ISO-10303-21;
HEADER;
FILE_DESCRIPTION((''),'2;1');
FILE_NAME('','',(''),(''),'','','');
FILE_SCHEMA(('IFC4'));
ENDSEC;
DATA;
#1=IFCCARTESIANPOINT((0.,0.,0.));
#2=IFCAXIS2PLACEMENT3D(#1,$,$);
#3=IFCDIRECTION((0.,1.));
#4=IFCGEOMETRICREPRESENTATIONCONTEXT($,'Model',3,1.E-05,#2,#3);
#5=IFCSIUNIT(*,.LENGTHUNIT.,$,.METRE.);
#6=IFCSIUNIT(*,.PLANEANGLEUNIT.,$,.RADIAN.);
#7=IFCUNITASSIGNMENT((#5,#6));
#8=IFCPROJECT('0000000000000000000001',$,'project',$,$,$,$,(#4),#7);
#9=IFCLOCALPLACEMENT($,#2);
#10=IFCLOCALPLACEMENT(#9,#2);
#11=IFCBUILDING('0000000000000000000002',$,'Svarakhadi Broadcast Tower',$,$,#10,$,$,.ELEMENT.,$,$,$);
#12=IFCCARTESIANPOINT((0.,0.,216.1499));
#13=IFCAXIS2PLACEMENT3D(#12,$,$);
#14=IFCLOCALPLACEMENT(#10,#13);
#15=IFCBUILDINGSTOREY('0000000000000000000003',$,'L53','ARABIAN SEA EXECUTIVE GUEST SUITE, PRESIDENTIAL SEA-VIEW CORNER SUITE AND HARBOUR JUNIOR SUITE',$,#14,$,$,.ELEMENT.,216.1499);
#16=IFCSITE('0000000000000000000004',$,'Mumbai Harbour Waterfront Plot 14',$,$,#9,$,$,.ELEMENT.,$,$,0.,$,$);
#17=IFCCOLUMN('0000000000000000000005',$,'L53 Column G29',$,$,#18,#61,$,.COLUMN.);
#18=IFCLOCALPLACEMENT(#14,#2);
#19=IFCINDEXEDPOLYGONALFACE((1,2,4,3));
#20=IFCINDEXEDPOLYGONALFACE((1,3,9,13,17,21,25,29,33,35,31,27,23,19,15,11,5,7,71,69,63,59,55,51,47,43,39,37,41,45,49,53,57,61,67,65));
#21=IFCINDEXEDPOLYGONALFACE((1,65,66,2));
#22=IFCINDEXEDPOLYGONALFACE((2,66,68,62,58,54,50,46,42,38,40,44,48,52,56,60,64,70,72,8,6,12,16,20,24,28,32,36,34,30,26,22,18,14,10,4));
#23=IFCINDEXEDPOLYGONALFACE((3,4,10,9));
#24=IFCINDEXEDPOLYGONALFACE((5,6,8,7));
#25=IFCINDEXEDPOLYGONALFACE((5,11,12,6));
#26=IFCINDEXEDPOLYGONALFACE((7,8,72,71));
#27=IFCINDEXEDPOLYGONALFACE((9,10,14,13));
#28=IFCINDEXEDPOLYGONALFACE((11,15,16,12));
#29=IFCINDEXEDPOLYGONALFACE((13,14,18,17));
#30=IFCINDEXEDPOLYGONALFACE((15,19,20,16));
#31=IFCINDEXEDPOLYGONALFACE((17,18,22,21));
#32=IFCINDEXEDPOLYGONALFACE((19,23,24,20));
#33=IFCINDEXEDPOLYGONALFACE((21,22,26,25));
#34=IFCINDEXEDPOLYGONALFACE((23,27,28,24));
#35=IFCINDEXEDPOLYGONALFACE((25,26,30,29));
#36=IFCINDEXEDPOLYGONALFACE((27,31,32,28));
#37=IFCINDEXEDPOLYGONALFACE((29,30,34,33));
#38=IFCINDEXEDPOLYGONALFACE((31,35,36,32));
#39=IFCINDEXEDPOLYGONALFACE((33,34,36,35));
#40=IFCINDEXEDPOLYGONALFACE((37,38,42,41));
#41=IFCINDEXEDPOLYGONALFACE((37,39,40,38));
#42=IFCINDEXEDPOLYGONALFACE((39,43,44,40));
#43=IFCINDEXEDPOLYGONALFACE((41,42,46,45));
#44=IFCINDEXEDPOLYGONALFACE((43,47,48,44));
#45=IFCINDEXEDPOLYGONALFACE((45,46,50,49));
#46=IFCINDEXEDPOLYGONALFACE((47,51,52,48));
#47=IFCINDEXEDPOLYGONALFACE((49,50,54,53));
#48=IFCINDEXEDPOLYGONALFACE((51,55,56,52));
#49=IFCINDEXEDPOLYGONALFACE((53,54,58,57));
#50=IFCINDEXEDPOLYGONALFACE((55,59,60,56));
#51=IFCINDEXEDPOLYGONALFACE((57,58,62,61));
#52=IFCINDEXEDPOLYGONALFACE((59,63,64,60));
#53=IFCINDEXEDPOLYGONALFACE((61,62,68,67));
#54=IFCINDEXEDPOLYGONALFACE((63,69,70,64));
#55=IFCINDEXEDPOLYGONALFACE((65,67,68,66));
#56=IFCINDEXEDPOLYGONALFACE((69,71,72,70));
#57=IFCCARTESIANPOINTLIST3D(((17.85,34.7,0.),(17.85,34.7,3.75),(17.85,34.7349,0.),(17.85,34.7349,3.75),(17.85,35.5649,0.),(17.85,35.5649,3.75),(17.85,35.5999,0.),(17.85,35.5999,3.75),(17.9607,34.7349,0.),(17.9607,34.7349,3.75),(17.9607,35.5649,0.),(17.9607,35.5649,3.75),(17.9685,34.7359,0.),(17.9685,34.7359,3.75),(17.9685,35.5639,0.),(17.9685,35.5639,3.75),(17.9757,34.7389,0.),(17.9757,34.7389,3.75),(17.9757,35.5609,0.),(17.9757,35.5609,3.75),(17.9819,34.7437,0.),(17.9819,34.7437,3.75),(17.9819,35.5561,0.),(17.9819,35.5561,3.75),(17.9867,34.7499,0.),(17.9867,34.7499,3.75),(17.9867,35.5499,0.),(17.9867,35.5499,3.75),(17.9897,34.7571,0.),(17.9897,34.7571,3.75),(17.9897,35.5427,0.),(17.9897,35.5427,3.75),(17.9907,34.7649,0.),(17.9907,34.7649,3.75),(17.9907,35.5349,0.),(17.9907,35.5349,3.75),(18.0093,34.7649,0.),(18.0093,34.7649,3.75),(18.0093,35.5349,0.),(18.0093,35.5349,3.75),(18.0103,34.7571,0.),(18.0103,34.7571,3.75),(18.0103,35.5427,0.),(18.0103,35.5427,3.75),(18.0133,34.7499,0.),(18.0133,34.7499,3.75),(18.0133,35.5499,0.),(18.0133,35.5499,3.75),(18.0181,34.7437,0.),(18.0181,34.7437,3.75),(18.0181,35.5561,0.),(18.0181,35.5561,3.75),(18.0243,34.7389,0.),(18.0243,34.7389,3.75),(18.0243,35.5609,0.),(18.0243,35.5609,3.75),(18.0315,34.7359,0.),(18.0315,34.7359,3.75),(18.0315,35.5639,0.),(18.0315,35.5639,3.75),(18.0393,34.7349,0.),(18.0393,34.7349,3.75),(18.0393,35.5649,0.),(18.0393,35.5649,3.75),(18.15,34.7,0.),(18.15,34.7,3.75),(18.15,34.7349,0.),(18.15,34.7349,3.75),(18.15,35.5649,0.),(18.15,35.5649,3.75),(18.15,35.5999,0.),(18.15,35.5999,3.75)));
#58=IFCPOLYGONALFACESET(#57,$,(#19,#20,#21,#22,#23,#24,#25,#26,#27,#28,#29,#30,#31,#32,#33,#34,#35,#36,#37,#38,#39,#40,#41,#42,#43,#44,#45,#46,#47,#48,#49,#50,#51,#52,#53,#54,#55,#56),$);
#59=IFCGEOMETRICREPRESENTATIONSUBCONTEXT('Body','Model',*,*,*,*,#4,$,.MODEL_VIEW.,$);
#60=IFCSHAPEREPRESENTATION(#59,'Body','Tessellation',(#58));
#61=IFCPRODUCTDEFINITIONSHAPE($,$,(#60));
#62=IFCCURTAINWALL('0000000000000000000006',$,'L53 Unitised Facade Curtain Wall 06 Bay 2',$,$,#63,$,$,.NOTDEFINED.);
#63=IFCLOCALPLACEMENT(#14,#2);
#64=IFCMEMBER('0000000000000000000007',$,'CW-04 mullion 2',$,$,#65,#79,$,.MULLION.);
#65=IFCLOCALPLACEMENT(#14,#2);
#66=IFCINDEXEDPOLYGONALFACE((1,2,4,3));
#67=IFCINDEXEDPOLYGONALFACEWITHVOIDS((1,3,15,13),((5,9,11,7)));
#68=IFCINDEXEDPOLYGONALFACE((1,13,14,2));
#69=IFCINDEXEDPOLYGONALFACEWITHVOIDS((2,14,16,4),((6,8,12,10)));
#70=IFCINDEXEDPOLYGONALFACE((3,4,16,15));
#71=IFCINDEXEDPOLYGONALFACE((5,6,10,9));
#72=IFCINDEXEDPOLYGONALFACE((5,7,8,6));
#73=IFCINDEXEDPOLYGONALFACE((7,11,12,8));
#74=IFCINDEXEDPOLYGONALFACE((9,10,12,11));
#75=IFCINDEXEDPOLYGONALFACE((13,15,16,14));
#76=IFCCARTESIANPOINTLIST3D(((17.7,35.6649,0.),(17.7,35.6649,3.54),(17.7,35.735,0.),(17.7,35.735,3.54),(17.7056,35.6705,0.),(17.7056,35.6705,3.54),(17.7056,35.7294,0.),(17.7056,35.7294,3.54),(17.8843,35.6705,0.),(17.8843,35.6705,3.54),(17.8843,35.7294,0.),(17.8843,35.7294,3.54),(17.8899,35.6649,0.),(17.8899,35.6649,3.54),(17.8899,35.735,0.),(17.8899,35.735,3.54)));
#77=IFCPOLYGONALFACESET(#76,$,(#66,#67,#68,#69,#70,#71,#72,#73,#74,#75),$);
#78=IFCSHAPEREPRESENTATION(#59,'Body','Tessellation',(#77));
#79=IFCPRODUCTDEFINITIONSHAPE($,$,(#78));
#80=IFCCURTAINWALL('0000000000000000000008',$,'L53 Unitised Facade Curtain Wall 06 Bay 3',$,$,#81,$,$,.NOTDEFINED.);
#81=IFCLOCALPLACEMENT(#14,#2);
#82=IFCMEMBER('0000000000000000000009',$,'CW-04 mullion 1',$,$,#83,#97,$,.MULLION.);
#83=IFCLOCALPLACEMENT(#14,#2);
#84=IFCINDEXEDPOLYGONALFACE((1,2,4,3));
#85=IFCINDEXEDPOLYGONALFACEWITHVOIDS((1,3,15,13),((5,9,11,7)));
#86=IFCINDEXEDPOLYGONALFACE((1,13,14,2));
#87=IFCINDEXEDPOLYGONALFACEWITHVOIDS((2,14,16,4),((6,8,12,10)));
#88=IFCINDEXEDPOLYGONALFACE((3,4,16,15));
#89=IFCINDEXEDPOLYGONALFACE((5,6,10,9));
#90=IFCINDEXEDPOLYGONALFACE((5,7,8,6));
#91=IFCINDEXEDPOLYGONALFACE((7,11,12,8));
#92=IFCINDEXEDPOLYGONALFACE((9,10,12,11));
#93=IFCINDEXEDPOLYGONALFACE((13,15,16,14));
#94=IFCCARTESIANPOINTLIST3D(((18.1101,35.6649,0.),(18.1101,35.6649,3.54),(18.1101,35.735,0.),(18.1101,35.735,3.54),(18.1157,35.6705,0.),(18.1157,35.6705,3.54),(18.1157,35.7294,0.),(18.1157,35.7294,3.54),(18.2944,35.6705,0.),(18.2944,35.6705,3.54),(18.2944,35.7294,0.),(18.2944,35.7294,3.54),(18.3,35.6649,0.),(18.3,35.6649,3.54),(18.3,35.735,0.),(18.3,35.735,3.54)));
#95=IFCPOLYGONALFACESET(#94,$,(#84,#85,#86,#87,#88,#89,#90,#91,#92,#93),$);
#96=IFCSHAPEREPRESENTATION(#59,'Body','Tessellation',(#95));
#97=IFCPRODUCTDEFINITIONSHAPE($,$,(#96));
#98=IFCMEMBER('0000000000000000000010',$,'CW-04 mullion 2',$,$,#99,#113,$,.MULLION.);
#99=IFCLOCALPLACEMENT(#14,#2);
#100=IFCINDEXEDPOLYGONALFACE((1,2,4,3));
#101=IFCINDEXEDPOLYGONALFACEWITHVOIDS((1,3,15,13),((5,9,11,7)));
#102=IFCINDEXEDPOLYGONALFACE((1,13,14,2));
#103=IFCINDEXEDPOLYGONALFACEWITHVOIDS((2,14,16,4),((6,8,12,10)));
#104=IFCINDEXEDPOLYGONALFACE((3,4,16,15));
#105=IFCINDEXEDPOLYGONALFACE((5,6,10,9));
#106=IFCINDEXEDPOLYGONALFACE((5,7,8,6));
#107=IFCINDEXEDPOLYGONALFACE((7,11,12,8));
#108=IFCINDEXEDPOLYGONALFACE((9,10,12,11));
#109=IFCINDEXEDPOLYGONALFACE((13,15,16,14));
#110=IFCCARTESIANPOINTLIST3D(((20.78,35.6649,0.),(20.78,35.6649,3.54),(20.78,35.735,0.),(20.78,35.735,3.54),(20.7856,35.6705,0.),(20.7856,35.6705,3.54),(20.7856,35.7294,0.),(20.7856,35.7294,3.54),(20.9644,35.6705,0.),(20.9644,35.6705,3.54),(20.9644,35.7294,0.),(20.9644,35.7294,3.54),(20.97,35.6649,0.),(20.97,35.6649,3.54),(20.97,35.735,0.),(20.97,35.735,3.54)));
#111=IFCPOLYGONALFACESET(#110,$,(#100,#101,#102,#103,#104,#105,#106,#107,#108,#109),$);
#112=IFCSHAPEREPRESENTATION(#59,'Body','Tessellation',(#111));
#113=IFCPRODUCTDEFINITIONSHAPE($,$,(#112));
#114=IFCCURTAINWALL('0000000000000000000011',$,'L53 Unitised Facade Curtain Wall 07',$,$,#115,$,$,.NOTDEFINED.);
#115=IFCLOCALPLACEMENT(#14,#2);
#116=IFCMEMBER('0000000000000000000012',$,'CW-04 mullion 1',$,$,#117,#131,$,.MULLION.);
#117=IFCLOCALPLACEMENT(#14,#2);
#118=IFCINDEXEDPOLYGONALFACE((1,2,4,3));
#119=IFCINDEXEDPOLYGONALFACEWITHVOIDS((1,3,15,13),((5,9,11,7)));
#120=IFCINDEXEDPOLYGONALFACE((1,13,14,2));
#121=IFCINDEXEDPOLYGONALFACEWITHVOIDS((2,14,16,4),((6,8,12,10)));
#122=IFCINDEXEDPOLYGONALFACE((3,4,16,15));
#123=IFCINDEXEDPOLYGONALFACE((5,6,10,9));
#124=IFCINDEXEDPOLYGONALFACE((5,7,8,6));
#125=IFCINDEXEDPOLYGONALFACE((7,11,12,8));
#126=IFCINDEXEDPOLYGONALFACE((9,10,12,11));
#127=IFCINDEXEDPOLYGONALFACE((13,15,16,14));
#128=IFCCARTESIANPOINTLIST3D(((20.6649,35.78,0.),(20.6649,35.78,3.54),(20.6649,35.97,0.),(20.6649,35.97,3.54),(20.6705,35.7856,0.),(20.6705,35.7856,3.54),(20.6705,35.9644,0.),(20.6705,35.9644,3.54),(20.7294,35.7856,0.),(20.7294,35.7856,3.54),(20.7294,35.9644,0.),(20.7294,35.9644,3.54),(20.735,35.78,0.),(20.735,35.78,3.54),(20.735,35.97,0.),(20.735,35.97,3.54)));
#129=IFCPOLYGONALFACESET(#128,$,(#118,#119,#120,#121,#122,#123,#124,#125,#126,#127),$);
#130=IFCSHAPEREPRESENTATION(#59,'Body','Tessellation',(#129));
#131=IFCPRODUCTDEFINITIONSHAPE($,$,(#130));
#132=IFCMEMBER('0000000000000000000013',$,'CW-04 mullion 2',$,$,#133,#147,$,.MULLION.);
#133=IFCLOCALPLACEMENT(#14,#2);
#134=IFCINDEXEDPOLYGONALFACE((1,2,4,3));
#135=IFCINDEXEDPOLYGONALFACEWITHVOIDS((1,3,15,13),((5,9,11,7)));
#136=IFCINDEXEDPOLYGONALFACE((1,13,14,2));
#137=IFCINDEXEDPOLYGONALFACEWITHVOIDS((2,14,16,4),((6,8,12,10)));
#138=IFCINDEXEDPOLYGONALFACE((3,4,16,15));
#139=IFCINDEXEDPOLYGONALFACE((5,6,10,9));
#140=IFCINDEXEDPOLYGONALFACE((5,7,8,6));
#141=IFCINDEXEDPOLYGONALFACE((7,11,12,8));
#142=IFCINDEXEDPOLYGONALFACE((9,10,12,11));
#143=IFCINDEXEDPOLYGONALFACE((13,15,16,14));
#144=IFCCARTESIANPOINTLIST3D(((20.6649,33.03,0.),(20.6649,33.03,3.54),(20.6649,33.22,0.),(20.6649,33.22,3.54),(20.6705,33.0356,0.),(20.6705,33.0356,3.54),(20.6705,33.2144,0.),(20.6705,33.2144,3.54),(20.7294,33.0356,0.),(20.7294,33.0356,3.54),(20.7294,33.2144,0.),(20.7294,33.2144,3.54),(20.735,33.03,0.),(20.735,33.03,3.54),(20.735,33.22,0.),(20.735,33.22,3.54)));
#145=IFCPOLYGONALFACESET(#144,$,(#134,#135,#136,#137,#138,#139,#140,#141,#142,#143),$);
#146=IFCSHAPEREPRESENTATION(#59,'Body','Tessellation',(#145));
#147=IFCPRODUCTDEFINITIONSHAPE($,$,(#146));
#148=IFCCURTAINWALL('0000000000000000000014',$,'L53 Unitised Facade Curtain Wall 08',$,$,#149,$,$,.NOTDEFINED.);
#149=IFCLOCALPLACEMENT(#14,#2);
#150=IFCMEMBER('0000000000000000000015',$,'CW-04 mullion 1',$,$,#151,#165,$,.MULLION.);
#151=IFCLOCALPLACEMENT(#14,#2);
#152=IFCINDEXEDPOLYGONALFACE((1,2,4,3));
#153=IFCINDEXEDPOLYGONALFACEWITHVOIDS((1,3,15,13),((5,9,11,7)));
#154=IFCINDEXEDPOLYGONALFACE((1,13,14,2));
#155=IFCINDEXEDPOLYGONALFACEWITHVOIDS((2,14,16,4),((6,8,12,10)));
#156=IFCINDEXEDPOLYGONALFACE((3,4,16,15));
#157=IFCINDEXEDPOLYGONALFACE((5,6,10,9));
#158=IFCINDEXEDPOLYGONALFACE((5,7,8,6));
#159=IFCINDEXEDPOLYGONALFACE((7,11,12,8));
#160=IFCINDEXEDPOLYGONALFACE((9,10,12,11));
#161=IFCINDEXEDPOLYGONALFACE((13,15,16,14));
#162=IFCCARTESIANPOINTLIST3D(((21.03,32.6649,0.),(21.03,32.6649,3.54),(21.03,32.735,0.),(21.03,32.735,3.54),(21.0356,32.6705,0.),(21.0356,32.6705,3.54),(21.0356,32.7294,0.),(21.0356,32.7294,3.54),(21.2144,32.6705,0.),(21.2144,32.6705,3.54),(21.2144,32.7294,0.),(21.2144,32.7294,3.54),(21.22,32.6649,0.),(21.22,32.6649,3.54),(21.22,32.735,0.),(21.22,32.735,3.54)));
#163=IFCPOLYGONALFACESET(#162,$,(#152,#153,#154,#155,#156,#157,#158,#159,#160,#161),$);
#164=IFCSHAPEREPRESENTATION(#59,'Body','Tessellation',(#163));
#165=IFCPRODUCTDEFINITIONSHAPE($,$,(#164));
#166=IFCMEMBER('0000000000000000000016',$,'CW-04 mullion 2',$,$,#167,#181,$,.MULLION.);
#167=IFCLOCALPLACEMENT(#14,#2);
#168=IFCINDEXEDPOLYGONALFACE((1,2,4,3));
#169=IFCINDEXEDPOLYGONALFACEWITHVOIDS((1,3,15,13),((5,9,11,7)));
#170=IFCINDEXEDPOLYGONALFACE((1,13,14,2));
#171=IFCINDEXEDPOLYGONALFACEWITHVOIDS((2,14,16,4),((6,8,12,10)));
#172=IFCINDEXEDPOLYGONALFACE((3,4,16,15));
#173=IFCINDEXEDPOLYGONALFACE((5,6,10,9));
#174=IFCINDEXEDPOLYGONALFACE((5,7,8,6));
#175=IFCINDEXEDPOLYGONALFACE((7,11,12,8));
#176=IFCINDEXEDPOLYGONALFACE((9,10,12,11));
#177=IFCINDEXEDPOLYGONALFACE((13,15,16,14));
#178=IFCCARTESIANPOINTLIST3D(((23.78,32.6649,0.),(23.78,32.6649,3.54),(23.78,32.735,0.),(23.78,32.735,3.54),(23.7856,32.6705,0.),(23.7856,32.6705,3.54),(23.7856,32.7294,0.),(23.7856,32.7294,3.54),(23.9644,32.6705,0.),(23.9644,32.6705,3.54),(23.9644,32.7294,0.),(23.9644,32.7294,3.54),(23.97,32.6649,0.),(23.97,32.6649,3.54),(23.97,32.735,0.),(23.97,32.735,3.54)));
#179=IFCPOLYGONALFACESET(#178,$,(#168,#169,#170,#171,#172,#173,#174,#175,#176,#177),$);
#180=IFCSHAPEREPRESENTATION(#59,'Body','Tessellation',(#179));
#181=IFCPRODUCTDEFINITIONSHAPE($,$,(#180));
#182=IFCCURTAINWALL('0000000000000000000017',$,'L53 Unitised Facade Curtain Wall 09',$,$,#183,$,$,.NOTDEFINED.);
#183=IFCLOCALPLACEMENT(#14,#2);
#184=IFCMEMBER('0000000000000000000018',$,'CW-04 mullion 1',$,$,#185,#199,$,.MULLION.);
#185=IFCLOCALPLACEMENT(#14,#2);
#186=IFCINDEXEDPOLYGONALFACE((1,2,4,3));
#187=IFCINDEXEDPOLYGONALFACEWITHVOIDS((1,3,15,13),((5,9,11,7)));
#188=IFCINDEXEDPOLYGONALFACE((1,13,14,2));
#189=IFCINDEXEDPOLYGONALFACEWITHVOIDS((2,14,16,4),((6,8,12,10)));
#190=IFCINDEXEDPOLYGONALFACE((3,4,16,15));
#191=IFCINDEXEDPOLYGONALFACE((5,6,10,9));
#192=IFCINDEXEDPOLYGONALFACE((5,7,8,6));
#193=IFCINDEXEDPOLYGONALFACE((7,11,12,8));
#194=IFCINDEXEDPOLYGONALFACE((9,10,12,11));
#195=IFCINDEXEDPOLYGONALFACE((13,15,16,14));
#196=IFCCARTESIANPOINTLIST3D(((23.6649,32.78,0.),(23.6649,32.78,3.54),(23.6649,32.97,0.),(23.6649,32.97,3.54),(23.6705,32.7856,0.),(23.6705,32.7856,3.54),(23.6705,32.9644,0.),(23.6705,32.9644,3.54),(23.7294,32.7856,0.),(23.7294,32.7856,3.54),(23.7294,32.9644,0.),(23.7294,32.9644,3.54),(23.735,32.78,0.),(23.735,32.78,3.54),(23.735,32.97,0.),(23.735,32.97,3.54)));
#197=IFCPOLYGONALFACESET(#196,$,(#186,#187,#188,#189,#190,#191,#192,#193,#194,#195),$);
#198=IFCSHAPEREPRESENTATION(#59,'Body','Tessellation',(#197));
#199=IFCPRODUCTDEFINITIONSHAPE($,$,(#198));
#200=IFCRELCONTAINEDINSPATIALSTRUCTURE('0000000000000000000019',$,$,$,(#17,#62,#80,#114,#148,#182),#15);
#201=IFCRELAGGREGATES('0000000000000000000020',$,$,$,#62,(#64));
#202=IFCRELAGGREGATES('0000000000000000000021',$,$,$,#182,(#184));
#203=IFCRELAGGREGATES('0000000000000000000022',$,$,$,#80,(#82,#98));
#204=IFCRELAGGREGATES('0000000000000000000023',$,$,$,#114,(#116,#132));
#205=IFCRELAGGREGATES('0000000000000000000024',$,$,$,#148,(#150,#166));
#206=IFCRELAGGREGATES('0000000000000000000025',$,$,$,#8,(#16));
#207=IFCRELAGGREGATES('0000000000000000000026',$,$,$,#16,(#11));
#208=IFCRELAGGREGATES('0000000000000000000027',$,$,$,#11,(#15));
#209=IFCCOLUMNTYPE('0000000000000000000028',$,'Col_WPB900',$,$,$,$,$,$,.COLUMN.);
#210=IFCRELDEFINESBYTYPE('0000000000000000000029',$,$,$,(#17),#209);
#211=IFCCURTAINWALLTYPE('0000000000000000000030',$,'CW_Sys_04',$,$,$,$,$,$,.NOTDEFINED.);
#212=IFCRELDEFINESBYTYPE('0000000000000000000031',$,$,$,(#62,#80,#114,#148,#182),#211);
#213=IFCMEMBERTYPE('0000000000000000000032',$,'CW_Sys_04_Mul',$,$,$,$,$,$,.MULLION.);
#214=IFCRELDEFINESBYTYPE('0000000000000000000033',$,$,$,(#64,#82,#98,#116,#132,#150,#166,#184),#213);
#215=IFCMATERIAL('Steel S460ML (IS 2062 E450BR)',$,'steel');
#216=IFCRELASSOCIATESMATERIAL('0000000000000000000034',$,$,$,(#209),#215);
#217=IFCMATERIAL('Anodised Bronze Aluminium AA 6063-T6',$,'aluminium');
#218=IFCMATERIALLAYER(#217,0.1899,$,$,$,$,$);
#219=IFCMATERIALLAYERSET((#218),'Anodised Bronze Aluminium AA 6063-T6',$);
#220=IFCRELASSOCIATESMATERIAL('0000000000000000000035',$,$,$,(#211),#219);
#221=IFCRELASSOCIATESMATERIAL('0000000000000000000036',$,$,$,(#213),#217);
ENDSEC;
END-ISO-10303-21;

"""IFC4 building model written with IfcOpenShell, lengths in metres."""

from ifc_helpers import new_model, si_unit, direction, frame, origin, origin_2d, place, context, subcontext, project, spatial, hollow_rectangle, i_section, extrude, material, layer, layer_set, material_profile, profile_set, type_object, element, aggregate, save


model = new_model("IFC4")

# Units and contexts
model_context = context("Model", 3, precision=1e-05, world=origin(), true_north=direction((0.0, 1.0)))
body_context = subcontext(model_context, "Body", "Model", "MODEL_VIEW")
ifc_project = project(units=[si_unit("LENGTHUNIT", "METRE"), si_unit("PLANEANGLEUNIT", "RADIAN")], contexts=[model_context])

# Site, building, storey
site_placement = place(None, origin())
site = spatial("IfcSite", under=ifc_project, at=site_placement, Name="Mumbai Harbour Waterfront Plot 14", CompositionType="ELEMENT", RefElevation=0.0)
building_placement = place(site_placement, origin())
building = spatial("IfcBuilding", under=site, at=building_placement, Name="Svarakhadi Broadcast Tower", CompositionType="ELEMENT")
storey_placement = place(building_placement, frame((0.0, 0.0, 216.1499)))
storey = spatial("IfcBuildingStorey", under=building, at=storey_placement, Name="L53", Description="ARABIAN SEA EXECUTIVE GUEST SUITE, PRESIDENTIAL SEA-VIEW CORNER SUITE AND HARBOUR JUNIOR SUITE", CompositionType="ELEMENT", Elevation=216.1499)

# Column
ifc_material_1 = material(Name="Steel S460ML (IS 2062 E450BR)", Category="steel")
ifc_material_profile_1 = material_profile(ifc_material_1, i_section(OverallWidth=0.3, OverallDepth=0.8999, WebThickness=0.0186, FlangeThickness=0.0349, FilletRadius=0.03, at=origin_2d()), Name="WPB 900x300x291")
ifc_profile_set_1 = profile_set([ifc_material_profile_1], Name="Steel S460ML (IS 2062 E450BR)")
column_type = type_object("IfcColumnType", Name="Col_WPB900", PredefinedType="COLUMN", material=ifc_profile_set_1)
column_placement = place(storey_placement, frame((18.0, 35.1499, 0.0), z_axis=(0.0, 0.0, 1.0), x_axis=(1.0, 0.0, 0.0)))
element("IfcColumn", 1, at=column_placement, inside=storey, type_object=column_type, Name="L53 Column G29", PredefinedType="COLUMN", context=body_context, shape_type="SweptSolid", body=[
    extrude(i_section(OverallWidth=0.3, OverallDepth=0.8999, WebThickness=0.0186, FlangeThickness=0.0349, FilletRadius=0.03, at=origin_2d()), origin(), (0.0, 0.0, 1.0), 3.75),
])

# Curtain wall, member
ifc_material_2 = material(Name="Anodised Bronze Aluminium AA 6063-T6", Category="aluminium")
ifc_layer_1 = layer(ifc_material_2, 0.1899)
ifc_layer_set_1 = layer_set([ifc_layer_1], Name="Anodised Bronze Aluminium AA 6063-T6")
curtain_wall_type = type_object("IfcCurtainWallType", Name="CW_Sys_04", PredefinedType="NOTDEFINED", material=ifc_layer_set_1)
curtain_wall_1_placement = place(storey_placement, origin())
curtain_wall_1 = element("IfcCurtainWall", 2, at=curtain_wall_1_placement, inside=storey, type_object=curtain_wall_type, Name="L53 Unitised Facade Curtain Wall 06 Bay 2", PredefinedType="NOTDEFINED")
ifc_material_profile_2 = material_profile(ifc_material_2, hollow_rectangle(XDim=0.0701, YDim=0.1899, WallThickness=0.0056, at=origin_2d()), Name="ALU MULLION 190x70x6")
ifc_profile_set_2 = profile_set([ifc_material_profile_2], Name="Anodised Bronze Aluminium AA 6063-T6")
member_type_1 = type_object("IfcMemberType", Name="CW_Sys_04_Mul", PredefinedType="MULLION", material=ifc_profile_set_2)
member_1_placement = place(storey_placement, frame((17.7949, 35.7, 0.0), z_axis=(0.0, 0.0, 1.0), x_axis=(0.0, 1.0, 0.0)))
member_1 = element("IfcMember", 3, at=member_1_placement, type_object=member_type_1, Name="CW-04 mullion 2", PredefinedType="MULLION", context=body_context, shape_type="SweptSolid", body=[
    extrude(hollow_rectangle(XDim=0.0701, YDim=0.1899, WallThickness=0.0056, at=origin_2d()), origin(), (0.0, 0.0, 1.0), 3.54),
])
aggregate(curtain_wall_1, [member_1])

# Curtain walls, members
curtain_wall_2_placement = place(storey_placement, origin())
curtain_wall_2 = element("IfcCurtainWall", 4, at=curtain_wall_2_placement, inside=storey, type_object=curtain_wall_type, Name="L53 Unitised Facade Curtain Wall 06 Bay 3", PredefinedType="NOTDEFINED")
member_2_placement = place(storey_placement, frame((18.2051, 35.7, 0.0), z_axis=(0.0, 0.0, 1.0), x_axis=(0.0, 1.0, 0.0)))
member_2 = element("IfcMember", 5, at=member_2_placement, type_object=member_type_1, Name="CW-04 mullion 1", PredefinedType="MULLION", context=body_context, shape_type="SweptSolid", body=[
    extrude(hollow_rectangle(XDim=0.0701, YDim=0.1899, WallThickness=0.0056, at=origin_2d()), origin(), (0.0, 0.0, 1.0), 3.54),
])
member_3_placement = place(storey_placement, frame((20.875, 35.7, 0.0), z_axis=(0.0, 0.0, 1.0), x_axis=(0.0, 1.0, 0.0)))
member_3 = element("IfcMember", 6, at=member_3_placement, type_object=member_type_1, Name="CW-04 mullion 2", PredefinedType="MULLION", context=body_context, shape_type="SweptSolid", body=[
    extrude(hollow_rectangle(XDim=0.0701, YDim=0.1899, WallThickness=0.0056, at=origin_2d()), origin(), (0.0, 0.0, 1.0), 3.54),
])
curtain_wall_3_placement = place(storey_placement, origin())
curtain_wall_3 = element("IfcCurtainWall", 7, at=curtain_wall_3_placement, inside=storey, type_object=curtain_wall_type, Name="L53 Unitised Facade Curtain Wall 07", PredefinedType="NOTDEFINED")
member_4_placement = place(storey_placement, frame((20.7, 35.875, 0.0), z_axis=(0.0, 0.0, 1.0), x_axis=(1.0, 0.0, 0.0)))
member_4 = element("IfcMember", 8, at=member_4_placement, type_object=member_type_1, Name="CW-04 mullion 1", PredefinedType="MULLION", context=body_context, shape_type="SweptSolid", body=[
    extrude(hollow_rectangle(XDim=0.0701, YDim=0.1899, WallThickness=0.0056, at=origin_2d()), origin(), (0.0, 0.0, 1.0), 3.54),
])
member_5_placement = place(storey_placement, frame((20.7, 33.125, 0.0), z_axis=(0.0, 0.0, 1.0), x_axis=(1.0, 0.0, 0.0)))
member_5 = element("IfcMember", 9, at=member_5_placement, type_object=member_type_1, Name="CW-04 mullion 2", PredefinedType="MULLION", context=body_context, shape_type="SweptSolid", body=[
    extrude(hollow_rectangle(XDim=0.0701, YDim=0.1899, WallThickness=0.0056, at=origin_2d()), origin(), (0.0, 0.0, 1.0), 3.54),
])
curtain_wall_4_placement = place(storey_placement, origin())
curtain_wall_4 = element("IfcCurtainWall", 10, at=curtain_wall_4_placement, inside=storey, type_object=curtain_wall_type, Name="L53 Unitised Facade Curtain Wall 08", PredefinedType="NOTDEFINED")
member_6_placement = place(storey_placement, frame((21.125, 32.7, 0.0), z_axis=(0.0, 0.0, 1.0), x_axis=(0.0, 1.0, 0.0)))
member_6 = element("IfcMember", 11, at=member_6_placement, type_object=member_type_1, Name="CW-04 mullion 1", PredefinedType="MULLION", context=body_context, shape_type="SweptSolid", body=[
    extrude(hollow_rectangle(XDim=0.0701, YDim=0.1899, WallThickness=0.0056, at=origin_2d()), origin(), (0.0, 0.0, 1.0), 3.54),
])
member_7_placement = place(storey_placement, frame((23.875, 32.7, 0.0), z_axis=(0.0, 0.0, 1.0), x_axis=(0.0, 1.0, 0.0)))
member_7 = element("IfcMember", 12, at=member_7_placement, type_object=member_type_1, Name="CW-04 mullion 2", PredefinedType="MULLION", context=body_context, shape_type="SweptSolid", body=[
    extrude(hollow_rectangle(XDim=0.0701, YDim=0.1899, WallThickness=0.0056, at=origin_2d()), origin(), (0.0, 0.0, 1.0), 3.54),
])

# Curtain wall, member
curtain_wall_5_placement = place(storey_placement, origin())
curtain_wall_5 = element("IfcCurtainWall", 13, at=curtain_wall_5_placement, inside=storey, type_object=curtain_wall_type, Name="L53 Unitised Facade Curtain Wall 09", PredefinedType="NOTDEFINED")
member_8_placement = place(storey_placement, frame((23.7, 32.875, 0.0), z_axis=(0.0, 0.0, 1.0), x_axis=(1.0, 0.0, 0.0)))
member_8 = element("IfcMember", 14, at=member_8_placement, type_object=member_type_1, Name="CW-04 mullion 1", PredefinedType="MULLION", context=body_context, shape_type="SweptSolid", body=[
    extrude(hollow_rectangle(XDim=0.0701, YDim=0.1899, WallThickness=0.0056, at=origin_2d()), origin(), (0.0, 0.0, 1.0), 3.54),
])

aggregate(curtain_wall_5, [member_8])

aggregate(curtain_wall_2, [member_2, member_3])
aggregate(curtain_wall_3, [member_4, member_5])
aggregate(curtain_wall_4, [member_6, member_7])

save(model, "model.ifc")
